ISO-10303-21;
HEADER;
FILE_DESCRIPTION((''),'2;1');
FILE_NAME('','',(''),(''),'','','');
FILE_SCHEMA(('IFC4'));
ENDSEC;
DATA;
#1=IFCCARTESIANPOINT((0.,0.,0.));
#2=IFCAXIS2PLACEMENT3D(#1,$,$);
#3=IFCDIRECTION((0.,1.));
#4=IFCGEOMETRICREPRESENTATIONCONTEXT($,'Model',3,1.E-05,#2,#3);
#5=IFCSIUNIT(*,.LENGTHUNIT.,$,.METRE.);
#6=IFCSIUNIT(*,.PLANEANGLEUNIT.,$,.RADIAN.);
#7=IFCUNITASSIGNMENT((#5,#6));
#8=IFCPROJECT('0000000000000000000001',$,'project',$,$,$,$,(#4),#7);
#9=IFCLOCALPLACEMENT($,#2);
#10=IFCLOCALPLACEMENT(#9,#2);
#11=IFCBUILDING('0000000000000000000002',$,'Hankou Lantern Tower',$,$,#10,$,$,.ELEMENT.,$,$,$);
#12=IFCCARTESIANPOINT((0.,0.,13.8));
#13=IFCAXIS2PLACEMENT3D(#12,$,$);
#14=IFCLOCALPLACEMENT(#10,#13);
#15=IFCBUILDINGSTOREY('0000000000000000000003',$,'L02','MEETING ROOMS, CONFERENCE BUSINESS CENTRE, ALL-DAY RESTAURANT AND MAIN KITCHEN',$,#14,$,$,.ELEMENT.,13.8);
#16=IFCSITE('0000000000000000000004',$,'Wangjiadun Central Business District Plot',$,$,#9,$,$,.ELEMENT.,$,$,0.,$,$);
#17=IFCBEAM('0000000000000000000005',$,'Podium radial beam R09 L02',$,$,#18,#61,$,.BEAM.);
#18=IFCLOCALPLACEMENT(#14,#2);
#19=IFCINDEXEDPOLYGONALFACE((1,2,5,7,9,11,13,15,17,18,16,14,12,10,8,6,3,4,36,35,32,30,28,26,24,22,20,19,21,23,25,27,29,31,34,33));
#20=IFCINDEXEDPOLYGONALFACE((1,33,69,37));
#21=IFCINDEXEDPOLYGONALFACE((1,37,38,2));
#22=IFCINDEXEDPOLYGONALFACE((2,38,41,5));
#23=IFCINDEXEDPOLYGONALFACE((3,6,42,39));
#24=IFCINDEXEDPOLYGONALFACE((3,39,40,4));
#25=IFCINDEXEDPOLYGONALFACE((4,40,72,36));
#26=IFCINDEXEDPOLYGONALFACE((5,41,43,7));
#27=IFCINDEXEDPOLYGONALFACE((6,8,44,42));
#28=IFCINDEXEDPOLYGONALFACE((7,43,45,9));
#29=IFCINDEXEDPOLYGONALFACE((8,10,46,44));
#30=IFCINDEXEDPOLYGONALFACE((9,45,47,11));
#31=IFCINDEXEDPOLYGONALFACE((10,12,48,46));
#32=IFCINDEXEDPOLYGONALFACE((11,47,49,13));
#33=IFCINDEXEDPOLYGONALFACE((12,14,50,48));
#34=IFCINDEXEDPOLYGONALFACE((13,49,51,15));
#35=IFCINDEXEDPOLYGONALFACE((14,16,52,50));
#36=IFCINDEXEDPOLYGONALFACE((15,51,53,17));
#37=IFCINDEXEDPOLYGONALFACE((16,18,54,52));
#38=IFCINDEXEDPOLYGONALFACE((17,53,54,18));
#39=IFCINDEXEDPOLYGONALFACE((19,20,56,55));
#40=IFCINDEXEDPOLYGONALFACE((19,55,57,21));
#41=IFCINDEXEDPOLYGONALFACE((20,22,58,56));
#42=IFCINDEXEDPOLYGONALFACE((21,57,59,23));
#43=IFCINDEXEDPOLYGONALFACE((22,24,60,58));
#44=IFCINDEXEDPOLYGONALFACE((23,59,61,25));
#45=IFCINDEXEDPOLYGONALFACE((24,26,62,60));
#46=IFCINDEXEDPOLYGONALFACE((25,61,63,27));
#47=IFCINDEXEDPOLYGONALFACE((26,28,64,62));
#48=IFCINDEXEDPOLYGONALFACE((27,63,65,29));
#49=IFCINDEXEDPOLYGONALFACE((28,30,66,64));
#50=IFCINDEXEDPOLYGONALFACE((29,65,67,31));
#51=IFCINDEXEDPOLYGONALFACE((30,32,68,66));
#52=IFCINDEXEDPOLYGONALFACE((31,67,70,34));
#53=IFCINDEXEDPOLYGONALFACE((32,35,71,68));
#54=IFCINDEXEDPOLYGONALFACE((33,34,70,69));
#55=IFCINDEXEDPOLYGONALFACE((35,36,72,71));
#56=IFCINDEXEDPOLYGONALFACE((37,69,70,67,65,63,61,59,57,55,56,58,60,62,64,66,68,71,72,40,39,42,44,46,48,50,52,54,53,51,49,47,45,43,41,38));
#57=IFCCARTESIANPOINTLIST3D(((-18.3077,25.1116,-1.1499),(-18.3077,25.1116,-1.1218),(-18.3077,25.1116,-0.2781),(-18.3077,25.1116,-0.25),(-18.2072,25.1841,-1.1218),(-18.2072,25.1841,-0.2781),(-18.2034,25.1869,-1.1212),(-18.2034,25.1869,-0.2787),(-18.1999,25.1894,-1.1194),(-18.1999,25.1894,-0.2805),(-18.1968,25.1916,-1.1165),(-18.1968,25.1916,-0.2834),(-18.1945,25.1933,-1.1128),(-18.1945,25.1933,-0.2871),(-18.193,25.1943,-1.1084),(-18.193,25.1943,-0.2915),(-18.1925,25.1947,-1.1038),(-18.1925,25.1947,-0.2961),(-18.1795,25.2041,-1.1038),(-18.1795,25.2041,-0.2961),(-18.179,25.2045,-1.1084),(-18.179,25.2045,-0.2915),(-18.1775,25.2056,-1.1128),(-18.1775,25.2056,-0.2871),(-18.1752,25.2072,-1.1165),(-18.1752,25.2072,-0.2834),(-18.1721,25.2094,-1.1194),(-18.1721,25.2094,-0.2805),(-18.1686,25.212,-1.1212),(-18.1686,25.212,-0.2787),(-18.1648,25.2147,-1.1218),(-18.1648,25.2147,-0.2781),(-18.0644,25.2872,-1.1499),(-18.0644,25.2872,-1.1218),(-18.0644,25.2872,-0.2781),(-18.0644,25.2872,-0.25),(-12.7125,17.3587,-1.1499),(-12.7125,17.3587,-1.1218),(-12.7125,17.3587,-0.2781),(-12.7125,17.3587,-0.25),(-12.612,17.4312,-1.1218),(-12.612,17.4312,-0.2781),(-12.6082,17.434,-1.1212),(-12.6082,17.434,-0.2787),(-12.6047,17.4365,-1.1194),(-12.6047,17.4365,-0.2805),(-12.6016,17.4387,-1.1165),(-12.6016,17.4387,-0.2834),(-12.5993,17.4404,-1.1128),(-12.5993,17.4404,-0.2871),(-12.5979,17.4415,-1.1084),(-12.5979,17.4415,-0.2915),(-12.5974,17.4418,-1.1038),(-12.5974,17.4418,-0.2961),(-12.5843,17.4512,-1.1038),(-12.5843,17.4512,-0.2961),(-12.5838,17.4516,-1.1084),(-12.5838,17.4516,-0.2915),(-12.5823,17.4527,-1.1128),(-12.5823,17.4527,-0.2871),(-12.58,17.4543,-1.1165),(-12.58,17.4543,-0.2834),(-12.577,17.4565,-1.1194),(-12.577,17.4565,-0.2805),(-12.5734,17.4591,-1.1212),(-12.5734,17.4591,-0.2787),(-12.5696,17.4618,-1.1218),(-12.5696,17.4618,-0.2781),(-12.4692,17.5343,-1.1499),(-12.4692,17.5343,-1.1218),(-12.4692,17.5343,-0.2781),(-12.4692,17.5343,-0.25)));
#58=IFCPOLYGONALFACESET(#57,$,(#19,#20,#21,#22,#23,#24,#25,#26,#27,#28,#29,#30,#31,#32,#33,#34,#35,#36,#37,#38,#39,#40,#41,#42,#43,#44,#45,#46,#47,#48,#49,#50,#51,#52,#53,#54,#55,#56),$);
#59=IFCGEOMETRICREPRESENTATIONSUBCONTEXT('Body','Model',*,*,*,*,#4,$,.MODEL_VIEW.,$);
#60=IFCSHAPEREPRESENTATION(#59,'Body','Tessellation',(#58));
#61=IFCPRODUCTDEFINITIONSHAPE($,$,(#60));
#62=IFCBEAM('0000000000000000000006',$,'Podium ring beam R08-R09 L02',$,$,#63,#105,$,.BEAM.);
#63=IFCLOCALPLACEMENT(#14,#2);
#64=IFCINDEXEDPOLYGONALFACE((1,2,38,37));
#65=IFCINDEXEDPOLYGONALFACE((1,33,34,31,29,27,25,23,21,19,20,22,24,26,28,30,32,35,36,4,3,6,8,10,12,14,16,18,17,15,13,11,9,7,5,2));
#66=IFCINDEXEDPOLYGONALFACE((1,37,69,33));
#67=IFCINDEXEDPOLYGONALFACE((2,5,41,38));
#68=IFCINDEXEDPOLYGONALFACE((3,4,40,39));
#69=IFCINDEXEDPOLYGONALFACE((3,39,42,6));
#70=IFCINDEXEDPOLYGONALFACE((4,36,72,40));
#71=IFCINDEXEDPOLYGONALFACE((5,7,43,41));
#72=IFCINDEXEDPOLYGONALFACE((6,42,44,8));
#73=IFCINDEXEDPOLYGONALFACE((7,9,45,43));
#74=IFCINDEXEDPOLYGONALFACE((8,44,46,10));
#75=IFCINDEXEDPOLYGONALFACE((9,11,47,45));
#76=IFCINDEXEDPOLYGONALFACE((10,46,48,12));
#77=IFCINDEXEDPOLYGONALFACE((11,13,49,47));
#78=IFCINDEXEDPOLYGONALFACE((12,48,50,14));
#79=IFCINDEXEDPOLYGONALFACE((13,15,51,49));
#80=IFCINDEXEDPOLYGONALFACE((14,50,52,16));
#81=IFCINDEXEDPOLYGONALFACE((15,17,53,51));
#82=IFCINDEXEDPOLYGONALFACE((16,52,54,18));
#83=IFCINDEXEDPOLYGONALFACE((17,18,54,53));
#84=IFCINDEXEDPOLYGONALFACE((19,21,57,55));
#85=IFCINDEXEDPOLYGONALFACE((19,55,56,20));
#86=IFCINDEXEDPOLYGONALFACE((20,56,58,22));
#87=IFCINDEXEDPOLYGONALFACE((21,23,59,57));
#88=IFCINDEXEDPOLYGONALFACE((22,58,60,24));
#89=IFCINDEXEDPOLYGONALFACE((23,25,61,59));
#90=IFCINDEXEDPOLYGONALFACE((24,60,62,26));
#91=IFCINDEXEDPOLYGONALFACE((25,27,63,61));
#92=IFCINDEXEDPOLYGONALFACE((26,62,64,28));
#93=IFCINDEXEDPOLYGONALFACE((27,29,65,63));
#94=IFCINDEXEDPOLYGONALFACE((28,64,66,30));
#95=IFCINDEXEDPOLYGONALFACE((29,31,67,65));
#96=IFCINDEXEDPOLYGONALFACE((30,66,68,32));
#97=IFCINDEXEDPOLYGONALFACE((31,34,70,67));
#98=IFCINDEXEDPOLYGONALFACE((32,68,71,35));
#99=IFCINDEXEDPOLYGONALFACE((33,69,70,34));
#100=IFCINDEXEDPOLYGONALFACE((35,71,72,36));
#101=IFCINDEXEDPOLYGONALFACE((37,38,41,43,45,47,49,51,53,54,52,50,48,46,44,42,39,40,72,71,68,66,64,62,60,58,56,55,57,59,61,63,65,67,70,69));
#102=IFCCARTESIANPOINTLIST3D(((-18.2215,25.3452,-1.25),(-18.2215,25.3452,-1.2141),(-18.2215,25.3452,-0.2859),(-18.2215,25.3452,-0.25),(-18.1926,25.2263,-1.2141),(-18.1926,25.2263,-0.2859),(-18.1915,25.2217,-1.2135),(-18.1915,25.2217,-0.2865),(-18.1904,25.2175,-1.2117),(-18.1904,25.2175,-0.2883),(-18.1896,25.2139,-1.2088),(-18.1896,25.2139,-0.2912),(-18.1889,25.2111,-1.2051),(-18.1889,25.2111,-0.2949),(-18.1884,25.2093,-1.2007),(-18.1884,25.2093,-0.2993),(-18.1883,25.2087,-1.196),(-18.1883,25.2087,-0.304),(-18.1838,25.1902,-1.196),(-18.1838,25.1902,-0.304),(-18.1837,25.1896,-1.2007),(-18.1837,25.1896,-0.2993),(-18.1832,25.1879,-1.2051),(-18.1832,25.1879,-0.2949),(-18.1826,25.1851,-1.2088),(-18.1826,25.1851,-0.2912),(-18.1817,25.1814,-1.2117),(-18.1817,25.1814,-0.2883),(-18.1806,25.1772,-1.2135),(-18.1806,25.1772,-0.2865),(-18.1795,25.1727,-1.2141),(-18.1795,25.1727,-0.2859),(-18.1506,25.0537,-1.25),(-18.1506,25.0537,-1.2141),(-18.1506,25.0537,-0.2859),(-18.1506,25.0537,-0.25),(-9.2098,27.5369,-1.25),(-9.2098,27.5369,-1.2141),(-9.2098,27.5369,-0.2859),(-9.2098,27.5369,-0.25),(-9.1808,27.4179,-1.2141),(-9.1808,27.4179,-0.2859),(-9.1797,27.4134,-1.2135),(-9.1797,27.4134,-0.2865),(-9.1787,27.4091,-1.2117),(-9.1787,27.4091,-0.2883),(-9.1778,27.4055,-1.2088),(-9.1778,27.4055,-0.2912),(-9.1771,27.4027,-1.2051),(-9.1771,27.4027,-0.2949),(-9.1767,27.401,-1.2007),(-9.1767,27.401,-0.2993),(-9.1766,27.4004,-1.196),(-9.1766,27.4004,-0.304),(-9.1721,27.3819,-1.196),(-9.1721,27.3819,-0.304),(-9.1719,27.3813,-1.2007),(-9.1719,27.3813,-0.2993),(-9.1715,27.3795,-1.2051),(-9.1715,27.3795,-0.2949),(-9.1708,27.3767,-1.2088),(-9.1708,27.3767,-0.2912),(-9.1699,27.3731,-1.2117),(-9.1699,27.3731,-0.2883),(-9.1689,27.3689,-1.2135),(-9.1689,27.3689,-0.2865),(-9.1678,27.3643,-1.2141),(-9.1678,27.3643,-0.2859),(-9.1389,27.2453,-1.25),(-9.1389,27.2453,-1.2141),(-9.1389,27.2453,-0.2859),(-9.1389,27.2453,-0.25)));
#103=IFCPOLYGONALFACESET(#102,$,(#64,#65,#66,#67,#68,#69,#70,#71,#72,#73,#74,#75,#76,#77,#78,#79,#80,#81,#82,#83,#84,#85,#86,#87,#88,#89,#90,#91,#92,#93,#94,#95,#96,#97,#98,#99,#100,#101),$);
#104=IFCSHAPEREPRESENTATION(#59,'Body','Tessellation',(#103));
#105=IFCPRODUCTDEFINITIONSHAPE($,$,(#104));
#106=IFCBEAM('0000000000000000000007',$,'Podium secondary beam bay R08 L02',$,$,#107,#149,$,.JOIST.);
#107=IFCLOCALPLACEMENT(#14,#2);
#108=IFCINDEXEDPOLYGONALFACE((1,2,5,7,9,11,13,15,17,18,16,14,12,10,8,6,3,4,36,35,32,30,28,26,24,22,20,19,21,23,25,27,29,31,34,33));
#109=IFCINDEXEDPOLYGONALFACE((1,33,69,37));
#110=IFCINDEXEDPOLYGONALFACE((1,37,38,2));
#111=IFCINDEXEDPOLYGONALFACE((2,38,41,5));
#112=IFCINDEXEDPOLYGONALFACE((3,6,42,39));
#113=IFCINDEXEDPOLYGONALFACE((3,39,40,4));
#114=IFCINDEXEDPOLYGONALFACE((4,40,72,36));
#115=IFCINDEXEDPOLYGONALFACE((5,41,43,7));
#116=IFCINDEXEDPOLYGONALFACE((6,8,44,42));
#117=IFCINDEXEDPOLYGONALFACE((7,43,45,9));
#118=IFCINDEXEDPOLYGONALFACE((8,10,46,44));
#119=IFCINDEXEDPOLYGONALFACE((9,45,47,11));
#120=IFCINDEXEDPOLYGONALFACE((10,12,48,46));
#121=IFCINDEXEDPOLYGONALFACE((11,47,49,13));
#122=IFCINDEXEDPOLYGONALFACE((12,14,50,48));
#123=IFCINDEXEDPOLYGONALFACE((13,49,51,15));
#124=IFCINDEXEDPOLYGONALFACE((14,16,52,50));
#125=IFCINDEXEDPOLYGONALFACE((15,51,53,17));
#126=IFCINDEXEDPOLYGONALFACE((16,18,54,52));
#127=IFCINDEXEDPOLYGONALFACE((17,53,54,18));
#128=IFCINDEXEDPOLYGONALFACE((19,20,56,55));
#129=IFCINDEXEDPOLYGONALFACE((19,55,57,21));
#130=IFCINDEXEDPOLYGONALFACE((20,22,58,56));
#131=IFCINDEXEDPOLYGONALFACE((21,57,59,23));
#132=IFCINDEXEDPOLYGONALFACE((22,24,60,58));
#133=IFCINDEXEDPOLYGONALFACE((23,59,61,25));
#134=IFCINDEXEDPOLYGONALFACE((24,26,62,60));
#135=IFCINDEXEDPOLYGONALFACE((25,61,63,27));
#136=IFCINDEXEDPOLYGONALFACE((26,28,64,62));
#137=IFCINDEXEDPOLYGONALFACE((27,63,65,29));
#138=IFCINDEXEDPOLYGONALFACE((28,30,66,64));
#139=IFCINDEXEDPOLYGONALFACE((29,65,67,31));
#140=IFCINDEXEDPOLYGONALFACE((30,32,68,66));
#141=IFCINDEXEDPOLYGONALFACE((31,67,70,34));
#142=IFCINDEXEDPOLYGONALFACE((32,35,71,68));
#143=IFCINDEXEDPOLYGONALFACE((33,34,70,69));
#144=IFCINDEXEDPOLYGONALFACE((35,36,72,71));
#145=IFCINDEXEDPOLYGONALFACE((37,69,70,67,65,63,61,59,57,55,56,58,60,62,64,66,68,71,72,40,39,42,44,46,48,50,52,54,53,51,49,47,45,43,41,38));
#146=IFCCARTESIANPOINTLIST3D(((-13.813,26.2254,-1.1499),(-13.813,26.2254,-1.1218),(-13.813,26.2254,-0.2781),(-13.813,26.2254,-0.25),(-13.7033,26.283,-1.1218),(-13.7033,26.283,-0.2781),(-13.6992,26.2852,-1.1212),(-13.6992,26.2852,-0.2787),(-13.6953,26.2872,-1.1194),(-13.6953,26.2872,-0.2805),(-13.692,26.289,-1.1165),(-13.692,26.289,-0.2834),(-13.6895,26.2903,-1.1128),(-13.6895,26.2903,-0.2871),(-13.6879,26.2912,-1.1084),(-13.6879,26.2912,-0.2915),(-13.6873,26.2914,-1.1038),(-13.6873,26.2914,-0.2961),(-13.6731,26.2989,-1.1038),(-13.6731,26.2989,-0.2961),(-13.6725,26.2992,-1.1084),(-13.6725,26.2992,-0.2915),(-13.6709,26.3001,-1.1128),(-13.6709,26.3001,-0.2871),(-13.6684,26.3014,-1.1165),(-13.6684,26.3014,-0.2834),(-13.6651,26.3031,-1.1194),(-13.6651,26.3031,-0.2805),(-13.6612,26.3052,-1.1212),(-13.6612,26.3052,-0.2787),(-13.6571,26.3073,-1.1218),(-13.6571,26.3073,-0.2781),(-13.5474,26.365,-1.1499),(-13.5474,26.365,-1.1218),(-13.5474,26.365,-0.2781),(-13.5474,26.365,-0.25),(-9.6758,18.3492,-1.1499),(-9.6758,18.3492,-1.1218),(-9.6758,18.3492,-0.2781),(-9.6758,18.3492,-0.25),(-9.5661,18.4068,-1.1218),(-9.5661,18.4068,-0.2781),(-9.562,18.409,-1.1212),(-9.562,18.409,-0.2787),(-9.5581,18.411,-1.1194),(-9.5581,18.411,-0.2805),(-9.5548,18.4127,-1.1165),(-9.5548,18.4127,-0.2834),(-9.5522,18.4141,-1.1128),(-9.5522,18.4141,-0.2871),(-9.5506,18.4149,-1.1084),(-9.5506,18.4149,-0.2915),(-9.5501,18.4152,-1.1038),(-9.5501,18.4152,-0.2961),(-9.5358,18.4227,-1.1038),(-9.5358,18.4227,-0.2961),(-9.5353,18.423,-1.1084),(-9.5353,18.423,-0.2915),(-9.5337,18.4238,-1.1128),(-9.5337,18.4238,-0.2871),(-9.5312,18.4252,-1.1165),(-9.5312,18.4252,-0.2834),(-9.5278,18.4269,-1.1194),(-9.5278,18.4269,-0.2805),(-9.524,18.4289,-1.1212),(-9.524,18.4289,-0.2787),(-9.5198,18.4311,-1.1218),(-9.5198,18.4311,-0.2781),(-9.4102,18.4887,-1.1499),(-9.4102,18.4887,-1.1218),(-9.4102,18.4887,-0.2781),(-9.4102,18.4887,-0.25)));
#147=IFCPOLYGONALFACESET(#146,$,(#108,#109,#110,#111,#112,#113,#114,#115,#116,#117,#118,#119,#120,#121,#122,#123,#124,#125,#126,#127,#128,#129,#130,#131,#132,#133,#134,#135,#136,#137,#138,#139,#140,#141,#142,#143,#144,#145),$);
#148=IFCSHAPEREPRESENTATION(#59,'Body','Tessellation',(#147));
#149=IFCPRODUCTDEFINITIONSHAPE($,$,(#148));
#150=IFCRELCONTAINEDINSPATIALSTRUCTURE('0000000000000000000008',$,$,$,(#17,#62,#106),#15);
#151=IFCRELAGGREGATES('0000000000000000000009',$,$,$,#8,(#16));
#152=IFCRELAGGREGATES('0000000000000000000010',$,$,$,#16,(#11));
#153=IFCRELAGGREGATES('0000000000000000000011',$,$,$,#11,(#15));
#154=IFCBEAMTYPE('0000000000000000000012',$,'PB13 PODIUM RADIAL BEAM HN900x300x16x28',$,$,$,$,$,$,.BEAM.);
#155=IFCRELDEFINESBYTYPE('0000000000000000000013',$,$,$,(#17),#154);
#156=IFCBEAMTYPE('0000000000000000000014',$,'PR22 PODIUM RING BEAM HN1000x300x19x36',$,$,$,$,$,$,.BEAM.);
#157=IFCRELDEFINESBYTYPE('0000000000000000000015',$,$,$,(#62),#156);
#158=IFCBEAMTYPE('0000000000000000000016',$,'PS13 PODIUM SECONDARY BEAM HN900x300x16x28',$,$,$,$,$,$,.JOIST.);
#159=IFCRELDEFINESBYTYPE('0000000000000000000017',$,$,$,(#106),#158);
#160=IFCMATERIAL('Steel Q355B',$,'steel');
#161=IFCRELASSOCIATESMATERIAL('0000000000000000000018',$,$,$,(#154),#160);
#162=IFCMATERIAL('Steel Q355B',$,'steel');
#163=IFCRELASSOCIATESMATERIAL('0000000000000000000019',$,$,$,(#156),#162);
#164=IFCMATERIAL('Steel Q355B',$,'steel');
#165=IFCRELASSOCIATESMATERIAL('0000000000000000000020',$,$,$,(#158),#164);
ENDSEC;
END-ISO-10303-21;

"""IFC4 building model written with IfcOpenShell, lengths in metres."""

from ifc_helpers import new_model, si_unit, direction, frame, origin, origin_2d, place, context, subcontext, project, spatial, i_section, extrude, material, material_profile, profile_set, type_object, element, save


model = new_model("IFC4")

# Units and contexts
model_context = context("Model", 3, precision=1e-05, world=origin(), true_north=direction((0.0, 1.0)))
body_context = subcontext(model_context, "Body", "Model", "MODEL_VIEW")
ifc_project = project(units=[si_unit("LENGTHUNIT", "METRE"), si_unit("PLANEANGLEUNIT", "RADIAN")], contexts=[model_context])

# Site, building, storey
site_placement = place(None, origin())
site = spatial("IfcSite", under=ifc_project, at=site_placement, Name="Wangjiadun Central Business District Plot", CompositionType="ELEMENT", RefElevation=0.0)
building_placement = place(site_placement, origin())
building = spatial("IfcBuilding", under=site, at=building_placement, Name="Hankou Lantern Tower", CompositionType="ELEMENT")
storey_placement = place(building_placement, frame((0.0, 0.0, 13.8)))
storey = spatial("IfcBuildingStorey", under=building, at=storey_placement, Name="L02", Description="MEETING ROOMS, CONFERENCE BUSINESS CENTRE, ALL-DAY RESTAURANT AND MAIN KITCHEN", CompositionType="ELEMENT", Elevation=13.8)

# Beams
ifc_material_1 = material(Name="Steel Q355B", Category="steel")
ifc_material_profile_1 = material_profile(ifc_material_1, i_section(OverallWidth=0.3, OverallDepth=0.8999, WebThickness=0.0161, FlangeThickness=0.0281, FilletRadius=0.0181, at=origin_2d()), Name="HN900x300x16x28")
ifc_profile_set_1 = profile_set([ifc_material_profile_1], Name="Steel Q355B")
beam_type_1 = type_object("IfcBeamType", Name="PB13 PODIUM RADIAL BEAM HN900x300x16x28", PredefinedType="BEAM", material=ifc_profile_set_1)
beam_1_placement = place(storey_placement, frame((-12.5908, 17.4465, -0.7), z_axis=(-0.585207, 0.810884, 0.0), x_axis=(-0.810884, -0.585207, 0.0)))
element("IfcBeam", 1, at=beam_1_placement, inside=storey, type_object=beam_type_1, Name="Podium radial beam R09 L02", PredefinedType="BEAM", context=body_context, shape_type="SweptSolid", body=[
    extrude(i_section(OverallWidth=0.3, OverallDepth=0.8999, WebThickness=0.0161, FlangeThickness=0.0281, FilletRadius=0.0181, at=origin_2d()), origin(), (0.0, 0.0, 1.0), 9.561),
])
ifc_material_2 = material(Name="Steel Q355B", Category="steel")
ifc_material_profile_2 = material_profile(ifc_material_2, i_section(OverallWidth=0.3, OverallDepth=1.0, WebThickness=0.019, FlangeThickness=0.0359, FilletRadius=0.0181, at=origin_2d()), Name="HN1000x300x19x36")
ifc_profile_set_2 = profile_set([ifc_material_profile_2], Name="Steel Q355B")
beam_type_2 = type_object("IfcBeamType", Name="PR22 PODIUM RING BEAM HN1000x300x19x36", PredefinedType="BEAM", material=ifc_profile_set_2)
beam_2_placement = place(storey_placement, frame((-9.1743, 27.3911, -0.75), z_axis=(-0.971677, -0.236312, 0.0), x_axis=(0.236312, -0.971677, 0.0)))
element("IfcBeam", 2, at=beam_2_placement, inside=storey, type_object=beam_type_2, Name="Podium ring beam R08-R09 L02", PredefinedType="BEAM", context=body_context, shape_type="SweptSolid", body=[
    extrude(i_section(OverallWidth=0.3, OverallDepth=1.0, WebThickness=0.019, FlangeThickness=0.0359, FilletRadius=0.0181, at=origin_2d()), origin(), (0.0, 0.0, 1.0), 9.2744),
])
ifc_material_3 = material(Name="Steel Q355B", Category="steel")
ifc_material_profile_3 = material_profile(ifc_material_3, i_section(OverallWidth=0.3, OverallDepth=0.8999, WebThickness=0.0161, FlangeThickness=0.0281, FilletRadius=0.0181, at=origin_2d()), Name="HN900x300x16x28")
ifc_profile_set_3 = profile_set([ifc_material_profile_3], Name="Steel Q355B")
beam_type_3 = type_object("IfcBeamType", Name="PS13 PODIUM SECONDARY BEAM HN900x300x16x28", PredefinedType="JOIST", material=ifc_profile_set_3)
beam_3_placement = place(storey_placement, frame((-9.543, 18.4189, -0.7), z_axis=(-0.465027, 0.885297, 0.0), x_axis=(-0.885297, -0.465027, 0.0)))
element("IfcBeam", 3, at=beam_3_placement, inside=storey, type_object=beam_type_3, Name="Podium secondary beam bay R08 L02", PredefinedType="JOIST", context=body_context, shape_type="SweptSolid", body=[
    extrude(i_section(OverallWidth=0.3, OverallDepth=0.8999, WebThickness=0.0161, FlangeThickness=0.0281, FilletRadius=0.0181, at=origin_2d()), origin(), (0.0, 0.0, 1.0), 8.8967),
])

save(model, "model.ifc")
